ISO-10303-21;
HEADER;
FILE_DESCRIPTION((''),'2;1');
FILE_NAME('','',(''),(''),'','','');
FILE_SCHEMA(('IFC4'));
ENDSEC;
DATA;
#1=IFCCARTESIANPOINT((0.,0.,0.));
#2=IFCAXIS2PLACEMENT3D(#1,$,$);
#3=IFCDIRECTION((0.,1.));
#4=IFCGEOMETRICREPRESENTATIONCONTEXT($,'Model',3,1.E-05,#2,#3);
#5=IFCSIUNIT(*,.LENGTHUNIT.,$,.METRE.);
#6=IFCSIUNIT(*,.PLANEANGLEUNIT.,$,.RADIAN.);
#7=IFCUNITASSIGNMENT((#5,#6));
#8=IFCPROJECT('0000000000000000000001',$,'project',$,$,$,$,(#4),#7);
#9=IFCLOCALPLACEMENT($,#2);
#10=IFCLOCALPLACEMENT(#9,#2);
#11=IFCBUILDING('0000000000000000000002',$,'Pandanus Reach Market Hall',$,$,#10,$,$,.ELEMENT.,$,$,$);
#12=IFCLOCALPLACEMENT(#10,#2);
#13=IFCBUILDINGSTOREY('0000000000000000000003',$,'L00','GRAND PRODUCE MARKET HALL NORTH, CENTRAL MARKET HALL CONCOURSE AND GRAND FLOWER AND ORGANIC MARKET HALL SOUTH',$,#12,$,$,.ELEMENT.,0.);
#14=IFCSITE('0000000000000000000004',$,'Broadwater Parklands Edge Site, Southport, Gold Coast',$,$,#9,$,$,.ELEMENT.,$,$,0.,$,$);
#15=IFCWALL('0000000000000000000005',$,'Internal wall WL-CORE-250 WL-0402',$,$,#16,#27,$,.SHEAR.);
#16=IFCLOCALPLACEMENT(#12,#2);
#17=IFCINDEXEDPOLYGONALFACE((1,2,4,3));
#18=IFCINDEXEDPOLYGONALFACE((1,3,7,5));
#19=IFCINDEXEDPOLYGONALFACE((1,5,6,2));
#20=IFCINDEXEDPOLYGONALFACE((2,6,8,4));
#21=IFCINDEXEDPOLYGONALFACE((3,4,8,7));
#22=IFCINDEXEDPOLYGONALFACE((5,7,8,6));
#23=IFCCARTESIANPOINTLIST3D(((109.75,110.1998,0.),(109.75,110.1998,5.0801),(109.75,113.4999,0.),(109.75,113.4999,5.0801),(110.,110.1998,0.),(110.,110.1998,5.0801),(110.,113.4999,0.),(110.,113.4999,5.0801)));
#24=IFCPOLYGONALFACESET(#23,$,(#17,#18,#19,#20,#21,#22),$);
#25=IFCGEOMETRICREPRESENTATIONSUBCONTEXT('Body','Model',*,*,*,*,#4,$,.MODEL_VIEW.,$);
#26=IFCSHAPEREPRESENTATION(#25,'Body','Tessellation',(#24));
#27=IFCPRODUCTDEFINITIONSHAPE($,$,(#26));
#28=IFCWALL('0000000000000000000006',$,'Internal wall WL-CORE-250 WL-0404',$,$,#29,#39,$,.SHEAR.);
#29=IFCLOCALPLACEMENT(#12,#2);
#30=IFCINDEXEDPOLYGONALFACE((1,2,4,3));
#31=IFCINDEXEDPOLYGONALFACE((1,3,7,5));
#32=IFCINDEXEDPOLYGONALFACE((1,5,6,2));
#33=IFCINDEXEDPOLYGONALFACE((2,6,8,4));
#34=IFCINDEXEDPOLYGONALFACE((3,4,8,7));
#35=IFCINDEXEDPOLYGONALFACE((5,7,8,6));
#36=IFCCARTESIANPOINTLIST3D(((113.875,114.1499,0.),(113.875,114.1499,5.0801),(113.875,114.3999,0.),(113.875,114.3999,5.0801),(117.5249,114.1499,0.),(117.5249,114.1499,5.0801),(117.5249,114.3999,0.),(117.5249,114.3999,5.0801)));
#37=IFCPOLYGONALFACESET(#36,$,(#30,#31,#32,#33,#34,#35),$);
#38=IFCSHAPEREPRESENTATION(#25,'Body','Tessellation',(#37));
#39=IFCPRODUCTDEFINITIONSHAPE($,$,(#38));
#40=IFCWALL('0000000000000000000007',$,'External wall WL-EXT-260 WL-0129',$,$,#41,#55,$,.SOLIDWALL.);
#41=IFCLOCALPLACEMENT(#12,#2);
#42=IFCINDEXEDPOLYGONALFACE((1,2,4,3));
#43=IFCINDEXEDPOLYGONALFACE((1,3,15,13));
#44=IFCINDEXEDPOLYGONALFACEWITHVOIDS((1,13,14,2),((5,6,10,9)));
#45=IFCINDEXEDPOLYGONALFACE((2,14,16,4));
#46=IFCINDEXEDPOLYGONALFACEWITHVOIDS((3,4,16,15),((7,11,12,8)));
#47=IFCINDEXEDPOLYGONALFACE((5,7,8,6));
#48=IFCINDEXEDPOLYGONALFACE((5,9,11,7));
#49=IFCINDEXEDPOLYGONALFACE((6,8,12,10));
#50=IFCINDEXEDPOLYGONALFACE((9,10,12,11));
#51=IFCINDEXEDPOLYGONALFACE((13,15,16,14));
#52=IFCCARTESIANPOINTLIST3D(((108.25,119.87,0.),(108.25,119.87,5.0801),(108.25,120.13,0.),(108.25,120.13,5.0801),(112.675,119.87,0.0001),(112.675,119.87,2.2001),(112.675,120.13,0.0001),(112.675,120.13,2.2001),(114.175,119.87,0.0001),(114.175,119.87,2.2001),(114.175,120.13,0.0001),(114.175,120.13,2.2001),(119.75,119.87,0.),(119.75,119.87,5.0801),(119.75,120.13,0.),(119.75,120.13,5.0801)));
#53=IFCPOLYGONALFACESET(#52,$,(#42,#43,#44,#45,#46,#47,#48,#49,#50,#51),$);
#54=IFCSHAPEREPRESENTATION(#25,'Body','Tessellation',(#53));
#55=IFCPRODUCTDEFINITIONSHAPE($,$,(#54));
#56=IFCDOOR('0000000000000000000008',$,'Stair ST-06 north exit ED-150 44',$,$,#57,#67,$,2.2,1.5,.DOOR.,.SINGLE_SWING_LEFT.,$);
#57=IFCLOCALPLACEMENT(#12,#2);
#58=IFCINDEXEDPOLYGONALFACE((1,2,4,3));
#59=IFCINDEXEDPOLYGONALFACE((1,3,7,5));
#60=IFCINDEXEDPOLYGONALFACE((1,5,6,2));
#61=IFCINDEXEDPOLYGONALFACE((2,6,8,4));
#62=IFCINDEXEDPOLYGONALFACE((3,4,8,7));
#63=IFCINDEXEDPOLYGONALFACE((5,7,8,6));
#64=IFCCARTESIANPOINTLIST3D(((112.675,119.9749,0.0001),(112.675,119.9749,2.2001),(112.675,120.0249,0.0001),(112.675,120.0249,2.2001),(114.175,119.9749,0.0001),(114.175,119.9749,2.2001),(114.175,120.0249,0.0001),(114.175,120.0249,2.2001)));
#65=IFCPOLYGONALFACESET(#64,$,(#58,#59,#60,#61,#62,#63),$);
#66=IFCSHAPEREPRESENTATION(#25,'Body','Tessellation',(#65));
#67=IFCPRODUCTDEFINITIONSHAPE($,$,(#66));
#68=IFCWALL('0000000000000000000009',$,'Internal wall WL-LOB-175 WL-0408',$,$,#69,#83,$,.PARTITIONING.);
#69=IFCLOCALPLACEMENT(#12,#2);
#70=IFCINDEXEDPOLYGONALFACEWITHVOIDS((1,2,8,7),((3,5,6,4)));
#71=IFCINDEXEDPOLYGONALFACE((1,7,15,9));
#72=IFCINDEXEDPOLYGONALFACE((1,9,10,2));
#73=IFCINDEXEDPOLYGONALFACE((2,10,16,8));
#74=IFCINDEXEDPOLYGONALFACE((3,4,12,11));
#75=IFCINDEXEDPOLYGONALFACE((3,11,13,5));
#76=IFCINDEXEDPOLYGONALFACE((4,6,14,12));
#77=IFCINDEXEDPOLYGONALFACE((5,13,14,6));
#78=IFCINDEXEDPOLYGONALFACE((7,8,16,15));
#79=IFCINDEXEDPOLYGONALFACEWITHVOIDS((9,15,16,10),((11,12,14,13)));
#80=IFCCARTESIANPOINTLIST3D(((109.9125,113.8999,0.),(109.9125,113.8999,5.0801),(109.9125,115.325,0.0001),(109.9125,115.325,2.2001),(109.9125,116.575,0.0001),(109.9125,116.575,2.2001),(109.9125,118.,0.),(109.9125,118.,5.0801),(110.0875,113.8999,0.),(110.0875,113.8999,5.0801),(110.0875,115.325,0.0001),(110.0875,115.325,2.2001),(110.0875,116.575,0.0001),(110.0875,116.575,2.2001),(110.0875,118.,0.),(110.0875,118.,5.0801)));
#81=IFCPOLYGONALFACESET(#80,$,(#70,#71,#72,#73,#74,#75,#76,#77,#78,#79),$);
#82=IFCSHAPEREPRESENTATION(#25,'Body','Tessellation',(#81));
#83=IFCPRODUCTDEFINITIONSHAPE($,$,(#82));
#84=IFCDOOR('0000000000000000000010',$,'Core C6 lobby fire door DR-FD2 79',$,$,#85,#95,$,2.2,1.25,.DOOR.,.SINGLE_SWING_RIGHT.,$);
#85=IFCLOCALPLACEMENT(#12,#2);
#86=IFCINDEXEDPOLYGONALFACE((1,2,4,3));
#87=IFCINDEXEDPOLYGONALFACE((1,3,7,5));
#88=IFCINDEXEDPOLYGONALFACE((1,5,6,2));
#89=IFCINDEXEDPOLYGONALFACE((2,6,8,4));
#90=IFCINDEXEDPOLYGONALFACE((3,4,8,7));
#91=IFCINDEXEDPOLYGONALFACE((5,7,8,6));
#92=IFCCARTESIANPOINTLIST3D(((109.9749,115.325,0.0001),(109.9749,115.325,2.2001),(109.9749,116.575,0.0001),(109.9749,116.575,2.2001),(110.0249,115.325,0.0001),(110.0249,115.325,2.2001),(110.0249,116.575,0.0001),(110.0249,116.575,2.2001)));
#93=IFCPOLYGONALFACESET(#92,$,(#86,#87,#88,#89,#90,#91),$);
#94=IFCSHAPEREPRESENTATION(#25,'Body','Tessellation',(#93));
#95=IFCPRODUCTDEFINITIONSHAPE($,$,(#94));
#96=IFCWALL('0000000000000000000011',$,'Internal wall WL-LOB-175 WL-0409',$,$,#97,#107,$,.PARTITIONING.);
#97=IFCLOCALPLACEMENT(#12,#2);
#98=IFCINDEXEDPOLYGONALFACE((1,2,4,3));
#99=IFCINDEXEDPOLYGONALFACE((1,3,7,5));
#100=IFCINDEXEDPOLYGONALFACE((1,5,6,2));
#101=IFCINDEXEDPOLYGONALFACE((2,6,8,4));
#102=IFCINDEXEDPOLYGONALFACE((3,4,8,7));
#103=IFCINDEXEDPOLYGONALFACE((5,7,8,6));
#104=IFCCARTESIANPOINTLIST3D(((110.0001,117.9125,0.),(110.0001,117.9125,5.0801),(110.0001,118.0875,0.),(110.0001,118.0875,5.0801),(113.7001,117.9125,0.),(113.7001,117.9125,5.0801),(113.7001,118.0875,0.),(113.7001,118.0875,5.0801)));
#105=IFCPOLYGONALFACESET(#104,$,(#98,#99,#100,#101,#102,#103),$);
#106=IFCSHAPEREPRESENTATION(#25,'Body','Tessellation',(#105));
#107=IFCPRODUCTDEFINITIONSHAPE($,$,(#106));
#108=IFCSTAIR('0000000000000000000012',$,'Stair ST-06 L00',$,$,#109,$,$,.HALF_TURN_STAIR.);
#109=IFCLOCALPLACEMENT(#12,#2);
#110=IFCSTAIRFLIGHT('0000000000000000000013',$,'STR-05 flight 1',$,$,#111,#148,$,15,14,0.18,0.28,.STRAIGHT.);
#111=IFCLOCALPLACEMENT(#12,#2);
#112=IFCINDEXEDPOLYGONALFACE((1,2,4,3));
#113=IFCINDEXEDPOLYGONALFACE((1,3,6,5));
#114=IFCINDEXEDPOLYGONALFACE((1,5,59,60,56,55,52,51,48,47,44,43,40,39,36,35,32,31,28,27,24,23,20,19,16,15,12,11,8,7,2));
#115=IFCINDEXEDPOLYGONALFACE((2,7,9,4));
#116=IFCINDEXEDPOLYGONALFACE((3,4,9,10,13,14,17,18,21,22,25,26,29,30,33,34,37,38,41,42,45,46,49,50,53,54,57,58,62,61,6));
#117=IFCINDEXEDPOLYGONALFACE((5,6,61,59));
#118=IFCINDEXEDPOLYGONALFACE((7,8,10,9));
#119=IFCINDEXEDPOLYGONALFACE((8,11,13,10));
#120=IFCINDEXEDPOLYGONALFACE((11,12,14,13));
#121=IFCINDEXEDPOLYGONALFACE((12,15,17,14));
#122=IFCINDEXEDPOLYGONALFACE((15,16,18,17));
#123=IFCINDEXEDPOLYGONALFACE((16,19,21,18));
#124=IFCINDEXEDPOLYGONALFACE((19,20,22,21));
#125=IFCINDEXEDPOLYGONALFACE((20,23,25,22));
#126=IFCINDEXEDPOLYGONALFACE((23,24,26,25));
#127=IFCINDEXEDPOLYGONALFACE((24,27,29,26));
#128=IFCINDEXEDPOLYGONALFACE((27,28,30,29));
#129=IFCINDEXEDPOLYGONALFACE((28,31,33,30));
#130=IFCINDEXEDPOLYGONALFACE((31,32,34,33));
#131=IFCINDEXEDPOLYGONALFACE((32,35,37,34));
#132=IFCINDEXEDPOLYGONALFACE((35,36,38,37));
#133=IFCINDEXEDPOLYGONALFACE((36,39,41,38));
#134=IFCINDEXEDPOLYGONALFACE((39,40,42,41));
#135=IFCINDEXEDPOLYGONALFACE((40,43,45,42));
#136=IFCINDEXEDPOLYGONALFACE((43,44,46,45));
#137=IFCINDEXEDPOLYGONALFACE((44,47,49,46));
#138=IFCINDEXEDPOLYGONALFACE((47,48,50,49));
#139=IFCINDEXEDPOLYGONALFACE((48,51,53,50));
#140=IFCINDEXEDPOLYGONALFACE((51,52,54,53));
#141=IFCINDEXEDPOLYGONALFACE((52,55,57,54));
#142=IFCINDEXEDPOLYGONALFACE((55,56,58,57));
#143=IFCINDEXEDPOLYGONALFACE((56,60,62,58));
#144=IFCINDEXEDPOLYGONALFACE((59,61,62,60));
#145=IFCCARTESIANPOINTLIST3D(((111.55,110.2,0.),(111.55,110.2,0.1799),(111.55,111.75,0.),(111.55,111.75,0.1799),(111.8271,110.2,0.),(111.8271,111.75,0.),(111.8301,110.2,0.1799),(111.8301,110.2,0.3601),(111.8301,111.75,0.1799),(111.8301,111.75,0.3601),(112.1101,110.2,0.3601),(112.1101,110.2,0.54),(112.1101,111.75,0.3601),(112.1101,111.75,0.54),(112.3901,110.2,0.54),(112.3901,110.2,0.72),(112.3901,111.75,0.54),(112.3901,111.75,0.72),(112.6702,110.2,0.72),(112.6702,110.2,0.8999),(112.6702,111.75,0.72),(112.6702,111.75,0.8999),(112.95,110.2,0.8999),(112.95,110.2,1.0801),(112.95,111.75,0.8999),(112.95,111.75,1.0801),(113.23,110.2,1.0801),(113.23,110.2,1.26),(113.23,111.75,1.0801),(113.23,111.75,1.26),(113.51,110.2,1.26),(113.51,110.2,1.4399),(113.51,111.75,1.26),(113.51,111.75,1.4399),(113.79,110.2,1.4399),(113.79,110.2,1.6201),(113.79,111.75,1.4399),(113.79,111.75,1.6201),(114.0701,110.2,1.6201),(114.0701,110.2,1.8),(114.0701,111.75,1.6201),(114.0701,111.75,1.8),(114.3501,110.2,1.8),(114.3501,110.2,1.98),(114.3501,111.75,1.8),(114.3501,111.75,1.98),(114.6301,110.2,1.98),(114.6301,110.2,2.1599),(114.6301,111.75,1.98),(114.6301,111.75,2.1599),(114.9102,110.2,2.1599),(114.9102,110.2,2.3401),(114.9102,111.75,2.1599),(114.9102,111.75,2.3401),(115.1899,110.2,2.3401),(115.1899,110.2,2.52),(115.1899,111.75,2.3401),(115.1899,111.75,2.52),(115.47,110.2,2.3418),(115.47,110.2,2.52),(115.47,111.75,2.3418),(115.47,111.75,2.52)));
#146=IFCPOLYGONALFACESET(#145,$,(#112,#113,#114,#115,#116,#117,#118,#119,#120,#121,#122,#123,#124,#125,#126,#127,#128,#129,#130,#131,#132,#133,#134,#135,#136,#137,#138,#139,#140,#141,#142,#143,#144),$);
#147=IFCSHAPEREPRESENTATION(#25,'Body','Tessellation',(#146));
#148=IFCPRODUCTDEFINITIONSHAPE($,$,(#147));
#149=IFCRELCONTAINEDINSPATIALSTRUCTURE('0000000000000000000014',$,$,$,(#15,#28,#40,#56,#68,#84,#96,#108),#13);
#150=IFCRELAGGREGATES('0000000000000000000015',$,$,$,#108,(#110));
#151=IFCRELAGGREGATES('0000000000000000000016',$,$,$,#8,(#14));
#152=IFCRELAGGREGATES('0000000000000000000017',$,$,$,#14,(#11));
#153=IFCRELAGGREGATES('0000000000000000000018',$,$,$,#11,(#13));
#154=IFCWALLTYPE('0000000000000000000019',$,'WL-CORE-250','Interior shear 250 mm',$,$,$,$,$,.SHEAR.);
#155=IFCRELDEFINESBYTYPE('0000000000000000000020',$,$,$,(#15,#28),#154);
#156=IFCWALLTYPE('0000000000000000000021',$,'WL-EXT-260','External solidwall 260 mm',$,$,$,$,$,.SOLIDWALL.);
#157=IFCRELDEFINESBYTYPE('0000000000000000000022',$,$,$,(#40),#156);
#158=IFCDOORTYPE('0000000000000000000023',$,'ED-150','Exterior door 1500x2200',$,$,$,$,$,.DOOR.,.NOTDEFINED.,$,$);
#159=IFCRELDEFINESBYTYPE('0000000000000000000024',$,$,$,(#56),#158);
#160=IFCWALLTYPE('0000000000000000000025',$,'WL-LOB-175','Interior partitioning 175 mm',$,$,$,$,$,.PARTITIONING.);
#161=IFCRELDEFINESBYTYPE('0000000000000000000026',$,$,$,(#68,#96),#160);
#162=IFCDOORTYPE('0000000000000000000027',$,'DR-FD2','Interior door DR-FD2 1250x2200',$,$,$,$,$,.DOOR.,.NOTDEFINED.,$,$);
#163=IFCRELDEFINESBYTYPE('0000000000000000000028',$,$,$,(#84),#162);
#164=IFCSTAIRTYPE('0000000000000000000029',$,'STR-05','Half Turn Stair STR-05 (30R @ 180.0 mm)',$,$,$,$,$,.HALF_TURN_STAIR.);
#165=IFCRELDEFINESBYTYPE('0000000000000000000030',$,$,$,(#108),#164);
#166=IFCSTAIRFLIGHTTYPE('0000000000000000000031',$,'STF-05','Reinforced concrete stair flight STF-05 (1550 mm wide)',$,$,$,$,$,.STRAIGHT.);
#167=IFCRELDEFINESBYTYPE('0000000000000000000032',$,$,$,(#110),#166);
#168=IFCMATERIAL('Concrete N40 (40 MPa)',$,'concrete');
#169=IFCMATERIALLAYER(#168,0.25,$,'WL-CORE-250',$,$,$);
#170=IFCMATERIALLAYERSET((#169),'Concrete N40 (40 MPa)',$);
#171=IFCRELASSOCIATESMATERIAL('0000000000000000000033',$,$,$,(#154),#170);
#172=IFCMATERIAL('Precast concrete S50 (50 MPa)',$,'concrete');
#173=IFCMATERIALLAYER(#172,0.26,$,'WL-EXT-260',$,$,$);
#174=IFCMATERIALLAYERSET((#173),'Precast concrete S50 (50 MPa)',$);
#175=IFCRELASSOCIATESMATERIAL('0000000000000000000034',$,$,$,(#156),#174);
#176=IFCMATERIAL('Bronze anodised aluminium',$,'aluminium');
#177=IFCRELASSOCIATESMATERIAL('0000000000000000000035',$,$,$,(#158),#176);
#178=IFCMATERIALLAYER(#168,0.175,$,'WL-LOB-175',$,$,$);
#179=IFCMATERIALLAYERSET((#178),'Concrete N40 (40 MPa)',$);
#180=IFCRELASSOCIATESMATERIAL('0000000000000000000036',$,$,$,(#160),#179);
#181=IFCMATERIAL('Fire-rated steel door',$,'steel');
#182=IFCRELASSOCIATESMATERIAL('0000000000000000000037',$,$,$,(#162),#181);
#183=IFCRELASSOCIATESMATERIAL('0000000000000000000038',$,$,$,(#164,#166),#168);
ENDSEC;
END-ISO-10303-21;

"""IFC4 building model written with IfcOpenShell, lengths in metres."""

from ifc_helpers import new_model, si_unit, direction, frame, frame_2d, origin, place, context, subcontext, project, spatial, polyline, rectangle, outline, extrude, material, layer, layer_set, type_object, element, fill, aggregate, save


model = new_model("IFC4")

# Units and contexts
model_context = context("Model", 3, precision=1e-05, world=origin(), true_north=direction((0.0, 1.0)))
body_context = subcontext(model_context, "Body", "Model", "MODEL_VIEW")
ifc_project = project(units=[si_unit("LENGTHUNIT", "METRE"), si_unit("PLANEANGLEUNIT", "RADIAN")], contexts=[model_context])

# Site, building, storey
site_placement = place(None, origin())
site = spatial("IfcSite", under=ifc_project, at=site_placement, Name="Broadwater Parklands Edge Site, Southport, Gold Coast", CompositionType="ELEMENT", RefElevation=0.0)
building_placement = place(site_placement, origin())
building = spatial("IfcBuilding", under=site, at=building_placement, Name="Pandanus Reach Market Hall", CompositionType="ELEMENT")
storey_placement = place(building_placement, origin())
storey = spatial("IfcBuildingStorey", under=building, at=storey_placement, Name="L00", Description="GRAND PRODUCE MARKET HALL NORTH, CENTRAL MARKET HALL CONCOURSE AND GRAND FLOWER AND ORGANIC MARKET HALL SOUTH", CompositionType="ELEMENT", Elevation=0.0)

# Shared definitions
ifc_material_1 = material(Name="Concrete N40 (40 MPa)", Category="concrete")

# Shared definitions
ifc_layer_1 = layer(ifc_material_1, 0.25, Name="WL-CORE-250")
ifc_layer_set_1 = layer_set([ifc_layer_1], Name="Concrete N40 (40 MPa)")
wall_type_1 = type_object("IfcWallType", Name="WL-CORE-250", Description="Interior shear 250 mm", PredefinedType="SHEAR", material=ifc_layer_set_1)

# Shared definitions
ifc_material_2 = material(Name="Fire-rated steel door", Category="steel")

# Walls
wall_1_placement = place(storey_placement, frame((109.875, 110.2, 0.0), z_axis=(0.0, 0.0, 1.0), x_axis=(0.0, 1.0, 0.0)))
element("IfcWall", 1, at=wall_1_placement, inside=storey, type_object=wall_type_1, Name="Internal wall WL-CORE-250 WL-0402", PredefinedType="SHEAR", context=body_context, shape_type="SweptSolid", body=[
    extrude(rectangle(XDim=3.3, YDim=0.25, at=frame_2d((1.6499, 0.0))), origin(), (0.0, 0.0, 1.0), 5.0801),
])
wall_2_placement = place(storey_placement, frame((113.875, 114.2749, 0.0), z_axis=(0.0, 0.0, 1.0), x_axis=(1.0, 0.0, 0.0)))
element("IfcWall", 2, at=wall_2_placement, inside=storey, type_object=wall_type_1, Name="Internal wall WL-CORE-250 WL-0404", PredefinedType="SHEAR", context=body_context, shape_type="SweptSolid", body=[
    extrude(rectangle(XDim=3.6499, YDim=0.25, at=frame_2d((1.825, 0.0))), origin(), (0.0, 0.0, 1.0), 5.0801),
])

# Walls, openings, doors
ifc_material_3 = material(Name="Precast concrete S50 (50 MPa)", Category="concrete")
ifc_layer_2 = layer(ifc_material_3, 0.26, Name="WL-EXT-260")
ifc_layer_set_2 = layer_set([ifc_layer_2], Name="Precast concrete S50 (50 MPa)")
wall_type_2 = type_object("IfcWallType", Name="WL-EXT-260", Description="External solidwall 260 mm", PredefinedType="SOLIDWALL", material=ifc_layer_set_2)
wall_3_placement = place(storey_placement, frame((108.25, 120.0, 0.0), z_axis=(0.0, 0.0, 1.0), x_axis=(1.0, 0.0, 0.0)))
wall_3 = element("IfcWall", 3, at=wall_3_placement, inside=storey, type_object=wall_type_2, Name="External wall WL-EXT-260 WL-0129", PredefinedType="SOLIDWALL", context=body_context, shape_type="SweptSolid", body=[
    extrude(rectangle(XDim=11.5, YDim=0.26, at=frame_2d((5.75, 0.0))), origin(), (0.0, 0.0, 1.0), 5.0801),
])
opening_1_placement = place(wall_3_placement, frame((4.425, 0.0, 0.0)))
opening_1 = element("IfcOpeningElement", 4, at=opening_1_placement, cuts=wall_3, PredefinedType="OPENING", context=body_context, shape_type="SweptSolid", body=[
    extrude(rectangle(XDim=1.5, YDim=2.2, at=frame_2d((0.75, 1.1001))), frame((0.0, 0.145, 0.0), z_axis=(0.0, -1.0, 0.0), x_axis=(1.0, 0.0, 0.0)), (0.0, 0.0, 1.0), 0.29),
])
ifc_material_4 = material(Name="Bronze anodised aluminium", Category="aluminium")
door_type_1 = type_object("IfcDoorType", Name="ED-150", Description="Exterior door 1500x2200", OperationType="NOTDEFINED", PredefinedType="DOOR", material=ifc_material_4)
door_1_placement = place(opening_1_placement, origin())
door_1 = element("IfcDoor", 5, at=door_1_placement, inside=storey, type_object=door_type_1, Name="Stair ST-06 north exit ED-150 44", OperationType="SINGLE_SWING_LEFT", OverallHeight=2.2, OverallWidth=1.5, PredefinedType="DOOR", context=body_context, shape_type="SweptSolid", body=[
    extrude(rectangle(XDim=1.5, YDim=2.2, at=frame_2d((0.75, 1.1001))), frame((0.0, 0.0249, 0.0), z_axis=(0.0, -1.0, 0.0), x_axis=(1.0, 0.0, 0.0)), (0.0, 0.0, 1.0), 0.05),
])
fill(opening_1, door_1)
ifc_layer_3 = layer(ifc_material_1, 0.175, Name="WL-LOB-175")
ifc_layer_set_3 = layer_set([ifc_layer_3], Name="Concrete N40 (40 MPa)")
wall_type_3 = type_object("IfcWallType", Name="WL-LOB-175", Description="Interior partitioning 175 mm", PredefinedType="PARTITIONING", material=ifc_layer_set_3)
wall_4_placement = place(storey_placement, frame((110.0, 113.8999, 0.0), z_axis=(0.0, 0.0, 1.0), x_axis=(0.0, 1.0, 0.0)))
wall_4 = element("IfcWall", 6, at=wall_4_placement, inside=storey, type_object=wall_type_3, Name="Internal wall WL-LOB-175 WL-0408", PredefinedType="PARTITIONING", context=body_context, shape_type="SweptSolid", body=[
    extrude(rectangle(XDim=4.1001, YDim=0.175, at=frame_2d((2.05, 0.0))), origin(), (0.0, 0.0, 1.0), 5.0801),
])
opening_2_placement = place(wall_4_placement, frame((1.425, 0.0, 0.0)))
opening_2 = element("IfcOpeningElement", 7, at=opening_2_placement, cuts=wall_4, PredefinedType="OPENING", context=body_context, shape_type="SweptSolid", body=[
    extrude(rectangle(XDim=1.25, YDim=2.2, at=frame_2d((0.625, 1.1001))), frame((0.0, 0.1025, 0.0), z_axis=(0.0, -1.0, 0.0), x_axis=(1.0, 0.0, 0.0)), (0.0, 0.0, 1.0), 0.2051),
])
door_type_2 = type_object("IfcDoorType", Name="DR-FD2", Description="Interior door DR-FD2 1250x2200", OperationType="NOTDEFINED", PredefinedType="DOOR", material=ifc_material_2)
door_2_placement = place(opening_2_placement, frame((1.25, 0.0, 0.0), z_axis=(0.0, 0.0, 1.0), x_axis=(-1.0, 0.0, 0.0)))
door_2 = element("IfcDoor", 8, at=door_2_placement, inside=storey, type_object=door_type_2, Name="Core C6 lobby fire door DR-FD2 79", OperationType="SINGLE_SWING_RIGHT", OverallHeight=2.2, OverallWidth=1.25, PredefinedType="DOOR", context=body_context, shape_type="SweptSolid", body=[
    extrude(rectangle(XDim=1.25, YDim=2.2, at=frame_2d((0.625, 1.1001))), frame((0.0, 0.0249, 0.0), z_axis=(0.0, -1.0, 0.0), x_axis=(1.0, 0.0, 0.0)), (0.0, 0.0, 1.0), 0.05),
])
fill(opening_2, door_2)

# Wall
wall_5_placement = place(storey_placement, frame((110.0, 118.0, 0.0), z_axis=(0.0, 0.0, 1.0), x_axis=(1.0, 0.0, 0.0)))
element("IfcWall", 9, at=wall_5_placement, inside=storey, type_object=wall_type_3, Name="Internal wall WL-LOB-175 WL-0409", PredefinedType="PARTITIONING", context=body_context, shape_type="SweptSolid", body=[
    extrude(rectangle(XDim=3.7, YDim=0.175, at=frame_2d((1.8501, 0.0))), origin(), (0.0, 0.0, 1.0), 5.0801),
])

# Stair, stair flight
stair_type = type_object("IfcStairType", Name="STR-05", Description="Half Turn Stair STR-05 (30R @ 180.0 mm)", PredefinedType="HALF_TURN_STAIR", material=ifc_material_1)
stair_placement = place(storey_placement, origin())
stair = element("IfcStair", 10, at=stair_placement, inside=storey, type_object=stair_type, Name="Stair ST-06 L00", PredefinedType="HALF_TURN_STAIR")
stair_flight_type = type_object("IfcStairFlightType", Name="STF-05", Description="Reinforced concrete stair flight STF-05 (1550 mm wide)", PredefinedType="STRAIGHT", material=ifc_material_1)
stair_flight_placement = place(storey_placement, frame((111.55, 110.9751, 0.0), z_axis=(0.0, 0.0, 1.0), x_axis=(1.0, 0.0, 0.0)))
stair_flight = element("IfcStairFlight", 11, at=stair_flight_placement, type_object=stair_flight_type, Name="STR-05 flight 1", NumberOfRisers=15, NumberOfTreads=14, PredefinedType="STRAIGHT", RiserHeight=0.18, TreadLength=0.28, context=body_context, shape_type="SweptSolid", body=[
    extrude(outline(polyline([(0.0, 0.0), (0.0, 0.1799), (0.28, 0.1799), (0.28, 0.3601), (0.5601, 0.3601), (0.5601, 0.54), (0.8401, 0.54), (0.8401, 0.72), (1.1201, 0.72), (1.1201, 0.8999), (1.3999, 0.8999), (1.3999, 1.0801), (1.6799, 1.0801), (1.6799, 1.26), (1.96, 1.26), (1.96, 1.4399), (2.24, 1.4399), (2.24, 1.6201), (2.52, 1.6201), (2.52, 1.8), (2.8, 1.8), (2.8, 1.98), (3.0801, 1.98), (3.0801, 2.1599), (3.3601, 2.1599), (3.3601, 2.3401), (3.6399, 2.3401), (3.6399, 2.52), (3.9199, 2.52), (3.9199, 2.7), (3.9199, 2.3418), (0.2771, 0.0), (0.0, 0.0)])), frame((0.0, 0.7749, 0.0), z_axis=(0.0, -1.0, 0.0), x_axis=(1.0, 0.0, 0.0)), (0.0, 0.0, 1.0), 1.55),
])
aggregate(stair, [stair_flight])

save(model, "model.ifc")
